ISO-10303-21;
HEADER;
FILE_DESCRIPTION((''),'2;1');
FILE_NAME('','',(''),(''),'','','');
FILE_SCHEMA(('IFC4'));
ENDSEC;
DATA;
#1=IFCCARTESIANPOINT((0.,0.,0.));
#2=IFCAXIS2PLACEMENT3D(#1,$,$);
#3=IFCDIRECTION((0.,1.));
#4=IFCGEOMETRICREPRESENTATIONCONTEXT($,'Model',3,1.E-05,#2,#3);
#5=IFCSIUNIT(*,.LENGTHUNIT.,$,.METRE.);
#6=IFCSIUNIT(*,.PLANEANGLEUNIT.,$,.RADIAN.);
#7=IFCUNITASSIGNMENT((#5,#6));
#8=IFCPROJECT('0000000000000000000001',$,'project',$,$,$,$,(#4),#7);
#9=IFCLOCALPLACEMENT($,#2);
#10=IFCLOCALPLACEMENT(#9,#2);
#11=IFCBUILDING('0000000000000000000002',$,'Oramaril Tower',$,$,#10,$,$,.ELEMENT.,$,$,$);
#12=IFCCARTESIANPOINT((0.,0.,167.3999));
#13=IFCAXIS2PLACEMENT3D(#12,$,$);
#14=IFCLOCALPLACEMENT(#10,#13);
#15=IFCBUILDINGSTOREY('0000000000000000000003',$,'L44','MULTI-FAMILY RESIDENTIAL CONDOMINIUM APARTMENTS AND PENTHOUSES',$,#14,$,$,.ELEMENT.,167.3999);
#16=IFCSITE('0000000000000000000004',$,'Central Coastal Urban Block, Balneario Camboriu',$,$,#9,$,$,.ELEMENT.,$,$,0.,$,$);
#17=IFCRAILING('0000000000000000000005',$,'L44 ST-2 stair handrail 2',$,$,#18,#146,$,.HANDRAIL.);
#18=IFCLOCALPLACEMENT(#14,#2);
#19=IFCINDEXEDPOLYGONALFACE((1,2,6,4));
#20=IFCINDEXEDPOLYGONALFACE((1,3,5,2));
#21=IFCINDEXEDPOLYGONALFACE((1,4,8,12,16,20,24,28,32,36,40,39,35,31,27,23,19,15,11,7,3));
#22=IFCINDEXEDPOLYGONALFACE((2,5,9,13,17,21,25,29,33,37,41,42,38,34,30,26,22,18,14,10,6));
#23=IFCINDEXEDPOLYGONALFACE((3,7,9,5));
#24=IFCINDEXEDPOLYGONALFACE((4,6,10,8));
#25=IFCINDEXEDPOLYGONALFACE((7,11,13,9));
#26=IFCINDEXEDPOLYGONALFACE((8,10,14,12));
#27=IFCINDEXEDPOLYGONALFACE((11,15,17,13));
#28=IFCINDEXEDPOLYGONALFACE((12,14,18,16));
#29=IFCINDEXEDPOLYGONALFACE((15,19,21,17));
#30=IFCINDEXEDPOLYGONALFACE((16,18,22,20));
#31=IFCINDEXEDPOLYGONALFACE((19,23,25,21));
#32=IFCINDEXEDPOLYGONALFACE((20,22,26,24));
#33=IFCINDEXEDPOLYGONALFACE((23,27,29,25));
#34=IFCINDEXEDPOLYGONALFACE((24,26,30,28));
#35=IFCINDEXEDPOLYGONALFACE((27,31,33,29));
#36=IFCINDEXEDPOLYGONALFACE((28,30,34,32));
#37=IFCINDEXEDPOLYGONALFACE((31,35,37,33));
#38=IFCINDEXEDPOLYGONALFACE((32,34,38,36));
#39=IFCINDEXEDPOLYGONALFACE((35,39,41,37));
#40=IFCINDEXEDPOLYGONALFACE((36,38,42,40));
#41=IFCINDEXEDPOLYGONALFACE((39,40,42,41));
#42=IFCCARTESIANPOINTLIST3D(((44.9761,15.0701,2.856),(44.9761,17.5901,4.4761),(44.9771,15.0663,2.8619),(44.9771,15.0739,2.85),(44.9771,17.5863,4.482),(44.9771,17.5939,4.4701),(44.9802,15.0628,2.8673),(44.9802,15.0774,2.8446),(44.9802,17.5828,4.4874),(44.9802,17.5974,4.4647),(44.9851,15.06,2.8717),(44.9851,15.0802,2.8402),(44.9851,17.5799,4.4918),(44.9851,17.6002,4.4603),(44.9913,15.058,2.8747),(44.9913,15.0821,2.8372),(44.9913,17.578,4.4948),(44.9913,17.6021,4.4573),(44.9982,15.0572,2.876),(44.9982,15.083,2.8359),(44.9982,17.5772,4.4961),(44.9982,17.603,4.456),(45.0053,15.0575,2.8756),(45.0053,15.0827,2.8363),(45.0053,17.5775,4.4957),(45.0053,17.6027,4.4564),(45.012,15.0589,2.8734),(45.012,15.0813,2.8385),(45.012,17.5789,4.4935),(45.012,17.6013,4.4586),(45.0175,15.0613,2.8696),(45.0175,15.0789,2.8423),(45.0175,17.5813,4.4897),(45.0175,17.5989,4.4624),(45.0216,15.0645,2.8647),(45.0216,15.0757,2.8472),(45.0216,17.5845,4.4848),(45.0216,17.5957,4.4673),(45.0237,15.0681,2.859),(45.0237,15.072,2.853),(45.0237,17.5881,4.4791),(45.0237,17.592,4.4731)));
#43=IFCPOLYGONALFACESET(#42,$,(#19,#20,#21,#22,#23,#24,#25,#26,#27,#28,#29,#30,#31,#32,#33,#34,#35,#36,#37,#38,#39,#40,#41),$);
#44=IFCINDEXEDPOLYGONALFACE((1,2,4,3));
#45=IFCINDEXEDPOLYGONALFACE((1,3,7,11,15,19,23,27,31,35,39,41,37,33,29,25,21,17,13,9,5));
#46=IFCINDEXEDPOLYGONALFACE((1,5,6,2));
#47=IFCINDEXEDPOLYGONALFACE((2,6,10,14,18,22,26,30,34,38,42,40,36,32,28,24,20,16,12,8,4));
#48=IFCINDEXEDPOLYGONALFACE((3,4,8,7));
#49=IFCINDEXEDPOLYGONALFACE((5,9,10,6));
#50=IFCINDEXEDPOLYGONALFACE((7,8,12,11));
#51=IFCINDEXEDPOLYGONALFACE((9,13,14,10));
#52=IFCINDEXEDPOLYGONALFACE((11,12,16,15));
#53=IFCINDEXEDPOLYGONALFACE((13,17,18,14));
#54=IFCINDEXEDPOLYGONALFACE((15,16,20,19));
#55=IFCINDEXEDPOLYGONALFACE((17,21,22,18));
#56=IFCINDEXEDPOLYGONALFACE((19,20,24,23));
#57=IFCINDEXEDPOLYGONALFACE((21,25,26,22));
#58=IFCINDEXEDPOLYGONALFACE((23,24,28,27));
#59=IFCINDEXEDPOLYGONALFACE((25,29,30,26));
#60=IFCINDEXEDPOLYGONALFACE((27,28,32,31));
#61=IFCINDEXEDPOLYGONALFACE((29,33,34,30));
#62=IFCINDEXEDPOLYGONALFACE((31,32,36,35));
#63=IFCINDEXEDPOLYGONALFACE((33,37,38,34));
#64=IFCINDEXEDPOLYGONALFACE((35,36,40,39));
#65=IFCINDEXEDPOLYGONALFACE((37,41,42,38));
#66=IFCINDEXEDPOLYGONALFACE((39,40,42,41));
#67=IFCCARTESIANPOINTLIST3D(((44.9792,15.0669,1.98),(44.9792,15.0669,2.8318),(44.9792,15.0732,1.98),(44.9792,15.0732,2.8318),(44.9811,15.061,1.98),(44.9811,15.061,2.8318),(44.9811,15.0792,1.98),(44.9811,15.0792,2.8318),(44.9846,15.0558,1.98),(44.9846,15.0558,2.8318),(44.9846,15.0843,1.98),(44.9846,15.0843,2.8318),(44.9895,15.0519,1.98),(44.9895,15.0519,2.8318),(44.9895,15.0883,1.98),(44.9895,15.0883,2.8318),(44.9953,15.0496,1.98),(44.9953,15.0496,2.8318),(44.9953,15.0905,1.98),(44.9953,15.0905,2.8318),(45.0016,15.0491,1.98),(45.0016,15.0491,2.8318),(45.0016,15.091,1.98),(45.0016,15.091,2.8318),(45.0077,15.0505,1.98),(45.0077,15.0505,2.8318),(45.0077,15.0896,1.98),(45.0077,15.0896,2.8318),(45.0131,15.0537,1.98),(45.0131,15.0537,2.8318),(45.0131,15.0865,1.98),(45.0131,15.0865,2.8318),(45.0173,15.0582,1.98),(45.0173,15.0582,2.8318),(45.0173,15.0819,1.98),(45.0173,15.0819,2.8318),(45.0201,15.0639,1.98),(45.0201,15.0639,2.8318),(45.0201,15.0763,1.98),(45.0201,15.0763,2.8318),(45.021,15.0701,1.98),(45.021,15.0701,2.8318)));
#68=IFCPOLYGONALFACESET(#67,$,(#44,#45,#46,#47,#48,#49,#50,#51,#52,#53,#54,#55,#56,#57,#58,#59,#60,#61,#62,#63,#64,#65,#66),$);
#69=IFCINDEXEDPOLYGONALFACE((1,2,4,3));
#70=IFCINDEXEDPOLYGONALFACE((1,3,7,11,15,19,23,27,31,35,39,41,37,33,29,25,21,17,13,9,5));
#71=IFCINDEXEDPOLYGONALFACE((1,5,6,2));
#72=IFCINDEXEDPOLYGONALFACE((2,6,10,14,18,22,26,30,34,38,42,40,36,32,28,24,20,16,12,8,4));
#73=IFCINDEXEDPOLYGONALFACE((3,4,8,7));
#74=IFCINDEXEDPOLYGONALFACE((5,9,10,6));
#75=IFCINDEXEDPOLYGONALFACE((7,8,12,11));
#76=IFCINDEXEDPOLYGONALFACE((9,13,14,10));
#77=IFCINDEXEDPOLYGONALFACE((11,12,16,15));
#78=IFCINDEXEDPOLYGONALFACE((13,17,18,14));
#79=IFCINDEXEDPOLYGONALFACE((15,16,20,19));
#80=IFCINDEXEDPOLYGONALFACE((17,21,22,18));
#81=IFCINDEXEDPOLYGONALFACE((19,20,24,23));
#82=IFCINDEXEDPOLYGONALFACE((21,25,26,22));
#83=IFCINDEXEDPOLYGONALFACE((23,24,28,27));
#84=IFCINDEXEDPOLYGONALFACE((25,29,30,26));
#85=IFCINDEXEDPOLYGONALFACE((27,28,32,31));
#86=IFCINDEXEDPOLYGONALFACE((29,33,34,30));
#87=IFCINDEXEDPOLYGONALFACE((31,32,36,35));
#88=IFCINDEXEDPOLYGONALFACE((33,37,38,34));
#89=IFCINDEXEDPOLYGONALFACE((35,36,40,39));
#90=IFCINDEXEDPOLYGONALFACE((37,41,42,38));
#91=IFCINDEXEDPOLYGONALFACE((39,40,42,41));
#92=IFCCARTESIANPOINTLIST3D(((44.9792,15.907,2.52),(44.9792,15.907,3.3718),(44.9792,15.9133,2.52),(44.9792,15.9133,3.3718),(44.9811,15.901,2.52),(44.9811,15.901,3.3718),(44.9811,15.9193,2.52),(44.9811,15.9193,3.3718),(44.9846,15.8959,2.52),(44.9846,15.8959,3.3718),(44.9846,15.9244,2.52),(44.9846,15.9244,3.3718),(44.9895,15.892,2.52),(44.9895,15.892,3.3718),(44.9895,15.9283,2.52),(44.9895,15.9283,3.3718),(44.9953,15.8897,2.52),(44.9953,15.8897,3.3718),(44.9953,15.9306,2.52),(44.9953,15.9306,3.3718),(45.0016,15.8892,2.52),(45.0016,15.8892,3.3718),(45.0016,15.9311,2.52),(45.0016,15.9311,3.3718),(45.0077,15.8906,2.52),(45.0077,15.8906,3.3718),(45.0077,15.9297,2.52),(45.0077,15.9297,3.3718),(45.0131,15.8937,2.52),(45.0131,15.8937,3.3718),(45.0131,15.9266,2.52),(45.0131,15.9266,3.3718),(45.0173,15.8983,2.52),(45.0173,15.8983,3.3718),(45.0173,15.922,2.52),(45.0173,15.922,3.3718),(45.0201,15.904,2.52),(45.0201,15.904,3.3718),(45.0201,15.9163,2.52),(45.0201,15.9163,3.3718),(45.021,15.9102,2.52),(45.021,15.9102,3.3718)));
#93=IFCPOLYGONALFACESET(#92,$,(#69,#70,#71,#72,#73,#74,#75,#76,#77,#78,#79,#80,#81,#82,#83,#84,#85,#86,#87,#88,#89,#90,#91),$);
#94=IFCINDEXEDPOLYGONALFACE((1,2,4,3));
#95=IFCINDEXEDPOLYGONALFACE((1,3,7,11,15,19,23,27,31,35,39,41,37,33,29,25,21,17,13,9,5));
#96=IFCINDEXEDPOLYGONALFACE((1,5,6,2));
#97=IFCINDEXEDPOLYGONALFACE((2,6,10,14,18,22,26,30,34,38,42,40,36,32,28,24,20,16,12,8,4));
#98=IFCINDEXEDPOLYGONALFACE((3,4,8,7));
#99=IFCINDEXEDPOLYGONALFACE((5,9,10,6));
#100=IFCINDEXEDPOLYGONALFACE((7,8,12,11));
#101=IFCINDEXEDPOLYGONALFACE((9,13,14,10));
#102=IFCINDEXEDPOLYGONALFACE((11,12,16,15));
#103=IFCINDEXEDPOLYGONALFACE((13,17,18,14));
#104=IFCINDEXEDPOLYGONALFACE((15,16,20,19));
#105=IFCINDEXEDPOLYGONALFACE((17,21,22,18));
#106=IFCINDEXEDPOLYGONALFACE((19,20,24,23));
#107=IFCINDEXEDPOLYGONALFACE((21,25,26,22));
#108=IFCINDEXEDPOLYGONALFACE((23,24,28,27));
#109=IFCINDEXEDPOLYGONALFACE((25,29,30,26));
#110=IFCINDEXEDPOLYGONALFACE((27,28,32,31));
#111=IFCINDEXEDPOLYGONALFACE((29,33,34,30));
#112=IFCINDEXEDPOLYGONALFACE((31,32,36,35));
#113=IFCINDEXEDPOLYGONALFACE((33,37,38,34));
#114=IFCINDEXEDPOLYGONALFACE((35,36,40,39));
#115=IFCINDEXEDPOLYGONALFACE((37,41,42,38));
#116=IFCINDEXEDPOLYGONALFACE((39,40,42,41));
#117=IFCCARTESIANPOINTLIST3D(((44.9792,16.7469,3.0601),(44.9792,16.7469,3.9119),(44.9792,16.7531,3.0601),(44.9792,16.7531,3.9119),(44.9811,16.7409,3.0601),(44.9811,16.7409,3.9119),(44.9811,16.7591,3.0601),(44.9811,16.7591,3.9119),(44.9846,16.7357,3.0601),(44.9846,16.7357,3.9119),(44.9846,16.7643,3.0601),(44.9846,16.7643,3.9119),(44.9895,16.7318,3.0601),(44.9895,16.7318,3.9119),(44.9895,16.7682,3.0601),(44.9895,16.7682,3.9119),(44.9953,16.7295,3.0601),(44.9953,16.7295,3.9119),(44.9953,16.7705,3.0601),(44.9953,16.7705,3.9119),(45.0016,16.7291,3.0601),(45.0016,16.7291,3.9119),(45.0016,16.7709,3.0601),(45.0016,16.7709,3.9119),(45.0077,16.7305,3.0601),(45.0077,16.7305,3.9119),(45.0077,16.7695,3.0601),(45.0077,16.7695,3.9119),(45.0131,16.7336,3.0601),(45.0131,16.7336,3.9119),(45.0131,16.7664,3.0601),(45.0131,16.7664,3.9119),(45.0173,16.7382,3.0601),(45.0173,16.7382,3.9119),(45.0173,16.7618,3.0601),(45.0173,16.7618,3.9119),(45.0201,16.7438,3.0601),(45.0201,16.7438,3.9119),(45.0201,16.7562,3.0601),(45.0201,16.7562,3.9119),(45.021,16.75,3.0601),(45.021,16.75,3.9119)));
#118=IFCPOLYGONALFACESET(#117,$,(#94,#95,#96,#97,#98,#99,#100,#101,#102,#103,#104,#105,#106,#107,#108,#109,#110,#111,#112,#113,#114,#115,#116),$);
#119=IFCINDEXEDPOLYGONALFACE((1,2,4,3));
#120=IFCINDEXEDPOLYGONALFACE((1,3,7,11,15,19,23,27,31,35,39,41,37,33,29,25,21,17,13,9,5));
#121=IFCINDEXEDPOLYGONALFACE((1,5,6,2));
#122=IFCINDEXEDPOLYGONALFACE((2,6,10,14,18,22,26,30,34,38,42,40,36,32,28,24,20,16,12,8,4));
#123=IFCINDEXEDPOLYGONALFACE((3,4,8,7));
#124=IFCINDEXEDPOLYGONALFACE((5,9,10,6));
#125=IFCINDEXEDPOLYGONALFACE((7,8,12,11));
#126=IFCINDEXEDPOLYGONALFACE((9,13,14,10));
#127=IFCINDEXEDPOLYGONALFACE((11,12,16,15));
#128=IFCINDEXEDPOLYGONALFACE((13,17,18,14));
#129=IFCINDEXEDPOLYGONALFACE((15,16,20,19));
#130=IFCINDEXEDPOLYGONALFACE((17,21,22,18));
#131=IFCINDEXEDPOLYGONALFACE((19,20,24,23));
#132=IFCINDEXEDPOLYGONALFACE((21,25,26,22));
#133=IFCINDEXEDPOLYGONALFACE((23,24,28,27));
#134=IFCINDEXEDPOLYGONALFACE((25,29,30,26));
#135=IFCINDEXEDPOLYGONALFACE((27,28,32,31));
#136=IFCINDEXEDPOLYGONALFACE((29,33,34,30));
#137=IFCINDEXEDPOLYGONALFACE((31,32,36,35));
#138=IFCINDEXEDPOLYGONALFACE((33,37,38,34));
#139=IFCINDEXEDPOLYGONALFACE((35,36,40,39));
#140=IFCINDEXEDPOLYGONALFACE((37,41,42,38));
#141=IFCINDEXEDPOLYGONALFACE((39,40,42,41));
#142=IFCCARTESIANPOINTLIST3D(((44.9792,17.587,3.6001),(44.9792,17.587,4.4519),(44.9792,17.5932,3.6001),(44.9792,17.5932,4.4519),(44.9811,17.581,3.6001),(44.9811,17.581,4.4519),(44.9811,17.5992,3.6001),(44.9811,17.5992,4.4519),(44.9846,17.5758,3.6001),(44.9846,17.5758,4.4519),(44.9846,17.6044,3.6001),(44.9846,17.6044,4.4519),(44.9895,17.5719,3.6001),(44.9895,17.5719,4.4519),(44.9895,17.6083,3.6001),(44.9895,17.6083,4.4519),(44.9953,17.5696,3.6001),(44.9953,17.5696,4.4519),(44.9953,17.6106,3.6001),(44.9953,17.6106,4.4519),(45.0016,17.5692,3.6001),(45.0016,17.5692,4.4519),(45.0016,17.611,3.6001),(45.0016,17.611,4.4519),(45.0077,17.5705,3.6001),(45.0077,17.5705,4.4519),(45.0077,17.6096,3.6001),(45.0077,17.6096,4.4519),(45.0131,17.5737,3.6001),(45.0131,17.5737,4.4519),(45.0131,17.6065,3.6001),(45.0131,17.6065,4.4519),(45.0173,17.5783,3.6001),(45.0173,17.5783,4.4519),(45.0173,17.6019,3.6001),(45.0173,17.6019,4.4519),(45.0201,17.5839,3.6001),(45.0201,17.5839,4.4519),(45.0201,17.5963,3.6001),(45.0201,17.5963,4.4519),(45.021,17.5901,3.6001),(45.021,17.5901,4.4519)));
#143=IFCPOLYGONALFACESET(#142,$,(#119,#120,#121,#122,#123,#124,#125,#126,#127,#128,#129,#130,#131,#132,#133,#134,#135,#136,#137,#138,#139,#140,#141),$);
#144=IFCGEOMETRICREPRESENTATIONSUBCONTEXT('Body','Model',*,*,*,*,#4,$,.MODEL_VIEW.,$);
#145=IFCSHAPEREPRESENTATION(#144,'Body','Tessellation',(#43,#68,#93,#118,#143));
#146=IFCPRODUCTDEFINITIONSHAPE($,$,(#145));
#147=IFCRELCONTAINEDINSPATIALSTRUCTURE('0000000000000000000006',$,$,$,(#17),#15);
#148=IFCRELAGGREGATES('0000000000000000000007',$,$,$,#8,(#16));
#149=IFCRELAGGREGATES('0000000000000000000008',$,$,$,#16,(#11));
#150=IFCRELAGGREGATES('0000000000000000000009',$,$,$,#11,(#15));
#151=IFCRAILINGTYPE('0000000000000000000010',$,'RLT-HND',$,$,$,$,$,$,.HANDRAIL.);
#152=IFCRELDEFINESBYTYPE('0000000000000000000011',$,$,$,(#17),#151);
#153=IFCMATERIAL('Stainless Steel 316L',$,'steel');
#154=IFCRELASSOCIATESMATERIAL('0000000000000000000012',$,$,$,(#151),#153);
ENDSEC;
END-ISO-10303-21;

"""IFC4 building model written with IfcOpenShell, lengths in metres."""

from ifc_helpers import new_model, si_unit, direction, frame, origin, origin_2d, place, context, subcontext, project, spatial, circle, extrude, material, type_object, element, save


model = new_model("IFC4")

# Units and contexts
model_context = context("Model", 3, precision=1e-05, world=origin(), true_north=direction((0.0, 1.0)))
body_context = subcontext(model_context, "Body", "Model", "MODEL_VIEW")
ifc_project = project(units=[si_unit("LENGTHUNIT", "METRE"), si_unit("PLANEANGLEUNIT", "RADIAN")], contexts=[model_context])

# Site, building, storey
site_placement = place(None, origin())
site = spatial("IfcSite", under=ifc_project, at=site_placement, Name="Central Coastal Urban Block, Balneario Camboriu", CompositionType="ELEMENT", RefElevation=0.0)
building_placement = place(site_placement, origin())
building = spatial("IfcBuilding", under=site, at=building_placement, Name="Oramaril Tower", CompositionType="ELEMENT")
storey_placement = place(building_placement, frame((0.0, 0.0, 167.3999)))
storey = spatial("IfcBuildingStorey", under=building, at=storey_placement, Name="L44", Description="MULTI-FAMILY RESIDENTIAL CONDOMINIUM APARTMENTS AND PENTHOUSES", CompositionType="ELEMENT", Elevation=167.3999)

# Railing
ifc_material_1 = material(Name="Stainless Steel 316L", Category="steel")
railing_type_1 = type_object("IfcRailingType", Name="RLT-HND", PredefinedType="HANDRAIL", material=ifc_material_1)
for number, where, name in (
    (1, (45.0, 15.0701, 1.98), "L44 ST-2 stair handrail 2"),
):
    element("IfcRailing", number, at=place(storey_placement, frame(where)), inside=storey, type_object=railing_type_1, Name=name, PredefinedType="HANDRAIL", context=body_context, shape_type="SweptSolid", body=[
        extrude(circle(Radius=0.0239, at=origin_2d()), frame((0.0, 0.0, 0.876), z_axis=(0.0, 0.841163, 0.540782), x_axis=(-1.0, 0.0, 0.0)), (0.0, 0.0, 1.0), 2.9958),
        extrude(circle(Radius=0.021, at=origin_2d()), origin(), (0.0, 0.0, 1.0), 0.8518),
        extrude(circle(Radius=0.021, at=origin_2d()), frame((0.0, 0.8401, 0.54)), (0.0, 0.0, 1.0), 0.8518),
        extrude(circle(Radius=0.021, at=origin_2d()), frame((0.0, 1.6799, 1.0801)), (0.0, 0.0, 1.0), 0.8518),
        extrude(circle(Radius=0.021, at=origin_2d()), frame((0.0, 2.52, 1.6201)), (0.0, 0.0, 1.0), 0.8518),
    ])

save(model, "model.ifc")
